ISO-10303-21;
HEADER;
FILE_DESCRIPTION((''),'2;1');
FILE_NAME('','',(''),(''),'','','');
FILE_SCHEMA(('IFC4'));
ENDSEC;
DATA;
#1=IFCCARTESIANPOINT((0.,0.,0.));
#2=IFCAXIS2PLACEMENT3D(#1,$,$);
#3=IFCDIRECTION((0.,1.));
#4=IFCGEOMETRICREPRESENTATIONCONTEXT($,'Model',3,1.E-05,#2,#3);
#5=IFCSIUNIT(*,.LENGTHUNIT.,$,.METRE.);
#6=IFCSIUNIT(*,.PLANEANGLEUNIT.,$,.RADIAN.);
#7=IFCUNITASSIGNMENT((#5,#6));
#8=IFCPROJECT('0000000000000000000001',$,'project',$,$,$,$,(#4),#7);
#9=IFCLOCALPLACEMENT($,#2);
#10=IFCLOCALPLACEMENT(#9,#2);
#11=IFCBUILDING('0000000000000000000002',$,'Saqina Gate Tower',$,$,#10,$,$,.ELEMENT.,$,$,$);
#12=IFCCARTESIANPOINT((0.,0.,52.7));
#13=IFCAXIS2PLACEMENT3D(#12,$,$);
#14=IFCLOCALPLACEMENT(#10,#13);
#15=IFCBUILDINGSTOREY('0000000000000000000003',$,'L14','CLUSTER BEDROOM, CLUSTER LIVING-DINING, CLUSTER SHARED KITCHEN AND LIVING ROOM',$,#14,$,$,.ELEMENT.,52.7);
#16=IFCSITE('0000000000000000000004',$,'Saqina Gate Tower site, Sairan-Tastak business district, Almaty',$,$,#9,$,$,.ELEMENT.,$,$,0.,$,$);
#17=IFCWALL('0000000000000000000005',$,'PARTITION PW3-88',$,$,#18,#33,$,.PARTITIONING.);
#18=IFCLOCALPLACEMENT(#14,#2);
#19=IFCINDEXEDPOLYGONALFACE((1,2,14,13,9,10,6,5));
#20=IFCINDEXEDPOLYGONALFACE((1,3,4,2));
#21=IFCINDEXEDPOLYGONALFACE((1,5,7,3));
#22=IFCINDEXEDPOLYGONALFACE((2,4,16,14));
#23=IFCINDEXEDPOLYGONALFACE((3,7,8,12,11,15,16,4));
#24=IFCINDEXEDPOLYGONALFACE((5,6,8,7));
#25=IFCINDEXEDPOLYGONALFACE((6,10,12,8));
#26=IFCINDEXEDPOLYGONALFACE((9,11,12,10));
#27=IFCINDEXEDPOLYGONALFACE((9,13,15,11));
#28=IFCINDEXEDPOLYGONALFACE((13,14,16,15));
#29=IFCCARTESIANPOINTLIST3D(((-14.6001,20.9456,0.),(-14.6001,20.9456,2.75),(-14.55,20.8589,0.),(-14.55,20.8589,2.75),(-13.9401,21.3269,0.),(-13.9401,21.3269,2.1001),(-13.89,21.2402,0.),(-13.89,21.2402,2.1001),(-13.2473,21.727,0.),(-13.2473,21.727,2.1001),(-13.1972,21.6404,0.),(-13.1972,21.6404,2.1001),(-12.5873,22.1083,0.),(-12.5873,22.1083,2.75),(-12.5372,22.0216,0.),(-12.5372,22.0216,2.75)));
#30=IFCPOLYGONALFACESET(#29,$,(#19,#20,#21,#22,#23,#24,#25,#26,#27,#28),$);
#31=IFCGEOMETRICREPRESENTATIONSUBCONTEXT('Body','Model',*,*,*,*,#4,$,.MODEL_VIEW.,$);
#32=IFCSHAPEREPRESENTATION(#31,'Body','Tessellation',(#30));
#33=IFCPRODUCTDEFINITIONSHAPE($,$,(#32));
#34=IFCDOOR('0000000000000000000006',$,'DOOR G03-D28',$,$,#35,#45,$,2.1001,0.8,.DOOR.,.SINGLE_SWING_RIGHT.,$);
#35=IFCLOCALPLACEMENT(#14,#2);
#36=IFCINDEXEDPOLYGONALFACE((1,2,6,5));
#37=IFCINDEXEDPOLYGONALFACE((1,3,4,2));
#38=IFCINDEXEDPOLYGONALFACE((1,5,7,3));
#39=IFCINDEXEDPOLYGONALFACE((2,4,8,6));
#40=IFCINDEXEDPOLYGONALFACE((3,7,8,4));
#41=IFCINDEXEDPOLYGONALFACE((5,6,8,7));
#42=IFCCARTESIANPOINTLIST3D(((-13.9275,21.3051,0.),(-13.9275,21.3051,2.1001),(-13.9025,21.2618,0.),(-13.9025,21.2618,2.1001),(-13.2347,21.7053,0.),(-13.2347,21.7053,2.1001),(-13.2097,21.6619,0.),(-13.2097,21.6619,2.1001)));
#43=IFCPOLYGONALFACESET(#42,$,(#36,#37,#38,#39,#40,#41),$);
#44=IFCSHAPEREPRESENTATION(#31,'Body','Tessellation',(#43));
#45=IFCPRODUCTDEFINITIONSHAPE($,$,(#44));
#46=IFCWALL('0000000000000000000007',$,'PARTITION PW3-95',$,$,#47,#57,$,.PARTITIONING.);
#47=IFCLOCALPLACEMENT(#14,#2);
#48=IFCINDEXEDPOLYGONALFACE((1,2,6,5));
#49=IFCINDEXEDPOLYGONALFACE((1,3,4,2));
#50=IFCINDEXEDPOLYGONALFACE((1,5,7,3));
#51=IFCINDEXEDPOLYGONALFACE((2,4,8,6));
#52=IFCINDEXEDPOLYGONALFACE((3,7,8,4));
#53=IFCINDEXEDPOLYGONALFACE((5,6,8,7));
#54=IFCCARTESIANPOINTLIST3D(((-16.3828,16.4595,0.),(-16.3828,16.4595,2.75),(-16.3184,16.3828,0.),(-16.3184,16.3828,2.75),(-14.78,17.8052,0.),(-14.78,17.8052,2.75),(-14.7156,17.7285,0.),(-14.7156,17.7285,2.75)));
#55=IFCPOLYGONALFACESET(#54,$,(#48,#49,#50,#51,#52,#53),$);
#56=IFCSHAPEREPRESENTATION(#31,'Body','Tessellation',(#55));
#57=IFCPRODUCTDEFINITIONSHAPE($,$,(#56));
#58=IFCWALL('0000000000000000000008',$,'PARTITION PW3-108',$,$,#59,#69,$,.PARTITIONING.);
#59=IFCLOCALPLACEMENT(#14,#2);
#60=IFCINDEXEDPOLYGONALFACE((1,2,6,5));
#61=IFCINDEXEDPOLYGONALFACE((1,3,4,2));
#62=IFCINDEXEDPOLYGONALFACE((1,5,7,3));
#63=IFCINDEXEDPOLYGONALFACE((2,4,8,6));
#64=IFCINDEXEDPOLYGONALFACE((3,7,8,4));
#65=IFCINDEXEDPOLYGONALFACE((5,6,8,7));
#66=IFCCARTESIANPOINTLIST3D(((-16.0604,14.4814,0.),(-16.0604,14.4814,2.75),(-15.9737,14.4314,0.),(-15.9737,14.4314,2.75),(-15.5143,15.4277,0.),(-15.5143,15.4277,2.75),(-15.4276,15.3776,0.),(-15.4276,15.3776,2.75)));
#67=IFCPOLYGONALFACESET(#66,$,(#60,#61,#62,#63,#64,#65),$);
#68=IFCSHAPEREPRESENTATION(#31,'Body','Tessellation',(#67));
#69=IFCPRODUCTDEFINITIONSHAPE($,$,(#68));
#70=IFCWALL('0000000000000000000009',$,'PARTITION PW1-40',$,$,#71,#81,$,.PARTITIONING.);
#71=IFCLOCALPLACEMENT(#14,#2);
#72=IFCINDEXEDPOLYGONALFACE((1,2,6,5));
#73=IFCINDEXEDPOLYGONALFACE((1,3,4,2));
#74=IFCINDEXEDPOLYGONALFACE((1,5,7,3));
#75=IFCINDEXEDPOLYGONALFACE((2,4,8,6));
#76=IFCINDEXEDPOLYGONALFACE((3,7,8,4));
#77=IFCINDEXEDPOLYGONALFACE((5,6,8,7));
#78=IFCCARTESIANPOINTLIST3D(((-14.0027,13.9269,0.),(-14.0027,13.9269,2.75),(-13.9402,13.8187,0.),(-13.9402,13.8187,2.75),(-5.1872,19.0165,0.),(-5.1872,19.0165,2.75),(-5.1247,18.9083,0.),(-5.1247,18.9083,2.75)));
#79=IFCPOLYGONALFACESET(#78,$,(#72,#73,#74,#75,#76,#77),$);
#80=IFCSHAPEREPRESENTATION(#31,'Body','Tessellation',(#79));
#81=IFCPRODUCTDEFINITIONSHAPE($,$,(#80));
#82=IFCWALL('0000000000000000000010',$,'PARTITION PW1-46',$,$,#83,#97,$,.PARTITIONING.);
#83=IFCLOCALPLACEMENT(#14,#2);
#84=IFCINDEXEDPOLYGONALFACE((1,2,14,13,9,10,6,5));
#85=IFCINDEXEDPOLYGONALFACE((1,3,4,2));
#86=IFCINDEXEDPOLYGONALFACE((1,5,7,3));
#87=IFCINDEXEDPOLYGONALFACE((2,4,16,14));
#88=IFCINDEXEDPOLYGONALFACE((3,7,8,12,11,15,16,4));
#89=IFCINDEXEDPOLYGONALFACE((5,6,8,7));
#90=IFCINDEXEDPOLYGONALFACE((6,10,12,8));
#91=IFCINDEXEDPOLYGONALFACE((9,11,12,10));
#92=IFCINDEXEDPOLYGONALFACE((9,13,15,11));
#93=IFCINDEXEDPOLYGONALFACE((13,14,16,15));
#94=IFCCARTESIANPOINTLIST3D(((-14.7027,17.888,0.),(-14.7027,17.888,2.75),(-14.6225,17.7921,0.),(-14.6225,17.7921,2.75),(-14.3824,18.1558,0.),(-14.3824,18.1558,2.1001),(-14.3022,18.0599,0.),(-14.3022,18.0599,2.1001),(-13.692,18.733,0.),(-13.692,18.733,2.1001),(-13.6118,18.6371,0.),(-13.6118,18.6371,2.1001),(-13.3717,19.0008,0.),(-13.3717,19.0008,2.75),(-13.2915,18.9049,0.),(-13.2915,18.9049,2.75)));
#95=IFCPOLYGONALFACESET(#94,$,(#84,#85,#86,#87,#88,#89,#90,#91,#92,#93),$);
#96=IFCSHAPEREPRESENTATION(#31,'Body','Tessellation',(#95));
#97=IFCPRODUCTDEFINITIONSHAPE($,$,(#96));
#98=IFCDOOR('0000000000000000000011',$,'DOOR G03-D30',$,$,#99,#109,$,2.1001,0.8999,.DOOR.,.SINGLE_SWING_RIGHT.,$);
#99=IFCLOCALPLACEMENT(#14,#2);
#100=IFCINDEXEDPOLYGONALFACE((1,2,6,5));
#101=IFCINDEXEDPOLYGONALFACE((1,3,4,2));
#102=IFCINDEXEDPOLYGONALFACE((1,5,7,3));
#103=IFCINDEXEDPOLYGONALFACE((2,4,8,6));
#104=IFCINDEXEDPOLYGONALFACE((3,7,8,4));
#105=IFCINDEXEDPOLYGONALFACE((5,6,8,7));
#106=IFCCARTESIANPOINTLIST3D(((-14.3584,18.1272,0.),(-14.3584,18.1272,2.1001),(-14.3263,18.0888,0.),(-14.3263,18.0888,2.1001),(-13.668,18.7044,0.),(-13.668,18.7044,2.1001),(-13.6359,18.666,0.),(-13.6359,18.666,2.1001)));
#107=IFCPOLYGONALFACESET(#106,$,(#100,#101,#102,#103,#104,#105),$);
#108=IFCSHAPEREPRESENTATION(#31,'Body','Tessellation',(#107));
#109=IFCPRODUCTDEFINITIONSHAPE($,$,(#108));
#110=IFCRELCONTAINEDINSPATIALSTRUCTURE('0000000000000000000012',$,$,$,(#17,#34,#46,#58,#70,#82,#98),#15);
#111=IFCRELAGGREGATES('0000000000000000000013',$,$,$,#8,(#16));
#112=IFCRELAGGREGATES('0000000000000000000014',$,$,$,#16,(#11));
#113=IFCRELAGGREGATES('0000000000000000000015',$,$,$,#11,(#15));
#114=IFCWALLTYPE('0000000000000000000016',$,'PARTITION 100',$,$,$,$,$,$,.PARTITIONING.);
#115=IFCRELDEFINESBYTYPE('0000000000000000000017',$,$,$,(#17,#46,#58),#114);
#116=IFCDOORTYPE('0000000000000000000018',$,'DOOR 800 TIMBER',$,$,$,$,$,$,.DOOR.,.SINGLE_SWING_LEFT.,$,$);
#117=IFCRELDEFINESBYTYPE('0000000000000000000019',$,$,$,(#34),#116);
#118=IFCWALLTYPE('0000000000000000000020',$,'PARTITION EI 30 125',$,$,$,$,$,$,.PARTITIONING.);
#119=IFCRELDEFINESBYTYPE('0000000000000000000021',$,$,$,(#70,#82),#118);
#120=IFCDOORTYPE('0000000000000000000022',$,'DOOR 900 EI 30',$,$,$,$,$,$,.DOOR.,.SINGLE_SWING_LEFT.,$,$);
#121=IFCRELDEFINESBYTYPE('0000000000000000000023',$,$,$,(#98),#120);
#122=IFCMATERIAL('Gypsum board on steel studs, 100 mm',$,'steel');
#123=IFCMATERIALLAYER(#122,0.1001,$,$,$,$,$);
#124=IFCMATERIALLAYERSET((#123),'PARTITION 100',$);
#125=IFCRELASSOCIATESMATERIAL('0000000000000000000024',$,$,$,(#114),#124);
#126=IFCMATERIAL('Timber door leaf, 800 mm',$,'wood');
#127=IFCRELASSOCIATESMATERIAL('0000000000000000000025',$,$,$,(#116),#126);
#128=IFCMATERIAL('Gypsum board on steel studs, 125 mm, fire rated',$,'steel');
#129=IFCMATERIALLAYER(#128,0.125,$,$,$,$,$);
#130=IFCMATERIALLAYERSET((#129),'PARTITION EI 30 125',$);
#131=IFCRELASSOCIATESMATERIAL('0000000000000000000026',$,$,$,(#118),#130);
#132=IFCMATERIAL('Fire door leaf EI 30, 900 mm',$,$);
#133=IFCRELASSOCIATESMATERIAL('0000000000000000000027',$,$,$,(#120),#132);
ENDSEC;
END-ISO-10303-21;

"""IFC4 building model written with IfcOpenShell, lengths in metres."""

from ifc_helpers import new_model, si_unit, direction, frame, frame_2d, origin, place, context, subcontext, project, spatial, rectangle, extrude, material, layer, layer_set, type_object, element, fill, save


model = new_model("IFC4")

# Units and contexts
model_context = context("Model", 3, precision=1e-05, world=origin(), true_north=direction((0.0, 1.0)))
body_context = subcontext(model_context, "Body", "Model", "MODEL_VIEW")
ifc_project = project(units=[si_unit("LENGTHUNIT", "METRE"), si_unit("PLANEANGLEUNIT", "RADIAN")], contexts=[model_context])

# Site, building, storey
site_placement = place(None, origin())
site = spatial("IfcSite", under=ifc_project, at=site_placement, Name="Saqina Gate Tower site, Sairan-Tastak business district, Almaty", CompositionType="ELEMENT", RefElevation=0.0)
building_placement = place(site_placement, origin())
building = spatial("IfcBuilding", under=site, at=building_placement, Name="Saqina Gate Tower", CompositionType="ELEMENT")
storey_placement = place(building_placement, frame((0.0, 0.0, 52.7)))
storey = spatial("IfcBuildingStorey", under=building, at=storey_placement, Name="L14", Description="CLUSTER BEDROOM, CLUSTER LIVING-DINING, CLUSTER SHARED KITCHEN AND LIVING ROOM", CompositionType="ELEMENT", Elevation=52.7)

# Shared definitions
ifc_material_1 = material(Name="Gypsum board on steel studs, 100 mm", Category="steel")
ifc_layer_1 = layer(ifc_material_1, 0.1001)
ifc_layer_set_1 = layer_set([ifc_layer_1], Name="PARTITION 100")
wall_type_1 = type_object("IfcWallType", Name="PARTITION 100", PredefinedType="PARTITIONING", material=ifc_layer_set_1)

# Shared definitions
ifc_material_2 = material(Name="Timber door leaf, 800 mm", Category="wood")
door_type_1 = type_object("IfcDoorType", Name="DOOR 800 TIMBER", OperationType="SINGLE_SWING_LEFT", PredefinedType="DOOR", material=ifc_material_2)

# Wall, opening, door
wall_1_placement = place(storey_placement, frame((-14.575, 20.9023, 0.0), z_axis=(0.0, 0.0, 1.0), x_axis=(0.86592, 0.500183, 0.0)))
wall_1 = element("IfcWall", 1, at=wall_1_placement, inside=storey, type_object=wall_type_1, Name="PARTITION PW3-88", PredefinedType="PARTITIONING", context=body_context, shape_type="SweptSolid", body=[
    extrude(rectangle(XDim=2.3245, YDim=0.1001, at=frame_2d((1.1621, 0.0))), origin(), (0.0, 0.0, 1.0), 2.75),
])
opening_1_placement = place(wall_1_placement, frame((0.7622, 0.0, 0.0)))
opening_1 = element("IfcOpeningElement", 2, at=opening_1_placement, cuts=wall_1, PredefinedType="OPENING", context=body_context, shape_type="SweptSolid", body=[
    extrude(rectangle(XDim=0.8, YDim=2.1001, at=frame_2d((0.3999, 1.05))), frame((0.0, 0.062, 0.0), z_axis=(0.0, -1.0, 0.0), x_axis=(1.0, 0.0, 0.0)), (0.0, 0.0, 1.0), 0.124),
])
door_1_placement = place(opening_1_placement, origin())
door_1 = element("IfcDoor", 3, at=door_1_placement, inside=storey, type_object=door_type_1, Name="DOOR G03-D28", OperationType="SINGLE_SWING_RIGHT", OverallHeight=2.1001, OverallWidth=0.8, PredefinedType="DOOR", context=body_context, shape_type="SweptSolid", body=[
    extrude(rectangle(XDim=0.8, YDim=2.1001, at=frame_2d((0.3999, 1.05))), frame((0.0, 0.0249, 0.0), z_axis=(0.0, -1.0, 0.0), x_axis=(1.0, 0.0, 0.0)), (0.0, 0.0, 1.0), 0.05),
])
fill(opening_1, door_1)

# Walls
wall_2_placement = place(storey_placement, frame((-16.3506, 16.4211, 0.0), z_axis=(0.0, 0.0, 1.0), x_axis=(0.765854, 0.643014, 0.0)))
element("IfcWall", 4, at=wall_2_placement, inside=storey, type_object=wall_type_1, Name="PARTITION PW3-95", PredefinedType="PARTITIONING", context=body_context, shape_type="SweptSolid", body=[
    extrude(rectangle(XDim=2.0928, YDim=0.1001, at=frame_2d((1.0464, 0.0))), origin(), (0.0, 0.0, 1.0), 2.75),
])
wall_3_placement = place(storey_placement, frame((-16.0171, 14.4563, 0.0), z_axis=(0.0, 0.0, 1.0), x_axis=(0.499864, 0.866104, 0.0)))
element("IfcWall", 5, at=wall_3_placement, inside=storey, type_object=wall_type_1, Name="PARTITION PW3-108", PredefinedType="PARTITIONING", context=body_context, shape_type="SweptSolid", body=[
    extrude(rectangle(XDim=1.0925, YDim=0.1001, at=frame_2d((0.5464, 0.0))), origin(), (0.0, 0.0, 1.0), 2.75),
])
ifc_material_3 = material(Name="Gypsum board on steel studs, 125 mm, fire rated", Category="steel")
ifc_layer_2 = layer(ifc_material_3, 0.125)
ifc_layer_set_2 = layer_set([ifc_layer_2], Name="PARTITION EI 30 125")
wall_type_2 = type_object("IfcWallType", Name="PARTITION EI 30 125", PredefinedType="PARTITIONING", material=ifc_layer_set_2)
wall_4_placement = place(storey_placement, frame((-13.9714, 13.8728, 0.0), z_axis=(0.0, 0.0, 1.0), x_axis=(0.866025, 0.500001, 0.0)))
element("IfcWall", 6, at=wall_4_placement, inside=storey, type_object=wall_type_2, Name="PARTITION PW1-40", PredefinedType="PARTITIONING", context=body_context, shape_type="SweptSolid", body=[
    extrude(rectangle(XDim=10.1792, YDim=0.125, at=frame_2d((5.0896, 0.0))), origin(), (0.0, 0.0, 1.0), 2.75),
])

# Wall, opening, door
wall_5_placement = place(storey_placement, frame((-14.6626, 17.8401, 0.0), z_axis=(0.0, 0.0, 1.0), x_axis=(0.767205, 0.641402, 0.0)))
wall_5 = element("IfcWall", 7, at=wall_5_placement, inside=storey, type_object=wall_type_2, Name="PARTITION PW1-46", PredefinedType="PARTITIONING", context=body_context, shape_type="SweptSolid", body=[
    extrude(rectangle(XDim=1.7349, YDim=0.125, at=frame_2d((0.8674, 0.0))), origin(), (0.0, 0.0, 1.0), 2.75),
])
opening_2_placement = place(wall_5_placement, frame((0.4175, 0.0, 0.0)))
opening_2 = element("IfcOpeningElement", 8, at=opening_2_placement, cuts=wall_5, PredefinedType="OPENING", context=body_context, shape_type="SweptSolid", body=[
    extrude(rectangle(XDim=0.8999, YDim=2.1001, at=frame_2d((0.45, 1.05))), frame((0.0, 0.0745, 0.0), z_axis=(0.0, -1.0, 0.0), x_axis=(1.0, 0.0, 0.0)), (0.0, 0.0, 1.0), 0.1489),
])
ifc_material_4 = material(Name="Fire door leaf EI 30, 900 mm")
door_type_2 = type_object("IfcDoorType", Name="DOOR 900 EI 30", OperationType="SINGLE_SWING_LEFT", PredefinedType="DOOR", material=ifc_material_4)
door_2_placement = place(opening_2_placement, frame((0.8999, 0.0, 0.0), z_axis=(0.0, 0.0, 1.0), x_axis=(-1.0, 0.0, 0.0)))
door_2 = element("IfcDoor", 9, at=door_2_placement, inside=storey, type_object=door_type_2, Name="DOOR G03-D30", OperationType="SINGLE_SWING_RIGHT", OverallHeight=2.1001, OverallWidth=0.8999, PredefinedType="DOOR", context=body_context, shape_type="SweptSolid", body=[
    extrude(rectangle(XDim=0.8999, YDim=2.1001, at=frame_2d((0.45, 1.05))), frame((0.0, 0.0249, 0.0), z_axis=(0.0, -1.0, 0.0), x_axis=(1.0, 0.0, 0.0)), (0.0, 0.0, 1.0), 0.05),
])
fill(opening_2, door_2)

save(model, "model.ifc")
